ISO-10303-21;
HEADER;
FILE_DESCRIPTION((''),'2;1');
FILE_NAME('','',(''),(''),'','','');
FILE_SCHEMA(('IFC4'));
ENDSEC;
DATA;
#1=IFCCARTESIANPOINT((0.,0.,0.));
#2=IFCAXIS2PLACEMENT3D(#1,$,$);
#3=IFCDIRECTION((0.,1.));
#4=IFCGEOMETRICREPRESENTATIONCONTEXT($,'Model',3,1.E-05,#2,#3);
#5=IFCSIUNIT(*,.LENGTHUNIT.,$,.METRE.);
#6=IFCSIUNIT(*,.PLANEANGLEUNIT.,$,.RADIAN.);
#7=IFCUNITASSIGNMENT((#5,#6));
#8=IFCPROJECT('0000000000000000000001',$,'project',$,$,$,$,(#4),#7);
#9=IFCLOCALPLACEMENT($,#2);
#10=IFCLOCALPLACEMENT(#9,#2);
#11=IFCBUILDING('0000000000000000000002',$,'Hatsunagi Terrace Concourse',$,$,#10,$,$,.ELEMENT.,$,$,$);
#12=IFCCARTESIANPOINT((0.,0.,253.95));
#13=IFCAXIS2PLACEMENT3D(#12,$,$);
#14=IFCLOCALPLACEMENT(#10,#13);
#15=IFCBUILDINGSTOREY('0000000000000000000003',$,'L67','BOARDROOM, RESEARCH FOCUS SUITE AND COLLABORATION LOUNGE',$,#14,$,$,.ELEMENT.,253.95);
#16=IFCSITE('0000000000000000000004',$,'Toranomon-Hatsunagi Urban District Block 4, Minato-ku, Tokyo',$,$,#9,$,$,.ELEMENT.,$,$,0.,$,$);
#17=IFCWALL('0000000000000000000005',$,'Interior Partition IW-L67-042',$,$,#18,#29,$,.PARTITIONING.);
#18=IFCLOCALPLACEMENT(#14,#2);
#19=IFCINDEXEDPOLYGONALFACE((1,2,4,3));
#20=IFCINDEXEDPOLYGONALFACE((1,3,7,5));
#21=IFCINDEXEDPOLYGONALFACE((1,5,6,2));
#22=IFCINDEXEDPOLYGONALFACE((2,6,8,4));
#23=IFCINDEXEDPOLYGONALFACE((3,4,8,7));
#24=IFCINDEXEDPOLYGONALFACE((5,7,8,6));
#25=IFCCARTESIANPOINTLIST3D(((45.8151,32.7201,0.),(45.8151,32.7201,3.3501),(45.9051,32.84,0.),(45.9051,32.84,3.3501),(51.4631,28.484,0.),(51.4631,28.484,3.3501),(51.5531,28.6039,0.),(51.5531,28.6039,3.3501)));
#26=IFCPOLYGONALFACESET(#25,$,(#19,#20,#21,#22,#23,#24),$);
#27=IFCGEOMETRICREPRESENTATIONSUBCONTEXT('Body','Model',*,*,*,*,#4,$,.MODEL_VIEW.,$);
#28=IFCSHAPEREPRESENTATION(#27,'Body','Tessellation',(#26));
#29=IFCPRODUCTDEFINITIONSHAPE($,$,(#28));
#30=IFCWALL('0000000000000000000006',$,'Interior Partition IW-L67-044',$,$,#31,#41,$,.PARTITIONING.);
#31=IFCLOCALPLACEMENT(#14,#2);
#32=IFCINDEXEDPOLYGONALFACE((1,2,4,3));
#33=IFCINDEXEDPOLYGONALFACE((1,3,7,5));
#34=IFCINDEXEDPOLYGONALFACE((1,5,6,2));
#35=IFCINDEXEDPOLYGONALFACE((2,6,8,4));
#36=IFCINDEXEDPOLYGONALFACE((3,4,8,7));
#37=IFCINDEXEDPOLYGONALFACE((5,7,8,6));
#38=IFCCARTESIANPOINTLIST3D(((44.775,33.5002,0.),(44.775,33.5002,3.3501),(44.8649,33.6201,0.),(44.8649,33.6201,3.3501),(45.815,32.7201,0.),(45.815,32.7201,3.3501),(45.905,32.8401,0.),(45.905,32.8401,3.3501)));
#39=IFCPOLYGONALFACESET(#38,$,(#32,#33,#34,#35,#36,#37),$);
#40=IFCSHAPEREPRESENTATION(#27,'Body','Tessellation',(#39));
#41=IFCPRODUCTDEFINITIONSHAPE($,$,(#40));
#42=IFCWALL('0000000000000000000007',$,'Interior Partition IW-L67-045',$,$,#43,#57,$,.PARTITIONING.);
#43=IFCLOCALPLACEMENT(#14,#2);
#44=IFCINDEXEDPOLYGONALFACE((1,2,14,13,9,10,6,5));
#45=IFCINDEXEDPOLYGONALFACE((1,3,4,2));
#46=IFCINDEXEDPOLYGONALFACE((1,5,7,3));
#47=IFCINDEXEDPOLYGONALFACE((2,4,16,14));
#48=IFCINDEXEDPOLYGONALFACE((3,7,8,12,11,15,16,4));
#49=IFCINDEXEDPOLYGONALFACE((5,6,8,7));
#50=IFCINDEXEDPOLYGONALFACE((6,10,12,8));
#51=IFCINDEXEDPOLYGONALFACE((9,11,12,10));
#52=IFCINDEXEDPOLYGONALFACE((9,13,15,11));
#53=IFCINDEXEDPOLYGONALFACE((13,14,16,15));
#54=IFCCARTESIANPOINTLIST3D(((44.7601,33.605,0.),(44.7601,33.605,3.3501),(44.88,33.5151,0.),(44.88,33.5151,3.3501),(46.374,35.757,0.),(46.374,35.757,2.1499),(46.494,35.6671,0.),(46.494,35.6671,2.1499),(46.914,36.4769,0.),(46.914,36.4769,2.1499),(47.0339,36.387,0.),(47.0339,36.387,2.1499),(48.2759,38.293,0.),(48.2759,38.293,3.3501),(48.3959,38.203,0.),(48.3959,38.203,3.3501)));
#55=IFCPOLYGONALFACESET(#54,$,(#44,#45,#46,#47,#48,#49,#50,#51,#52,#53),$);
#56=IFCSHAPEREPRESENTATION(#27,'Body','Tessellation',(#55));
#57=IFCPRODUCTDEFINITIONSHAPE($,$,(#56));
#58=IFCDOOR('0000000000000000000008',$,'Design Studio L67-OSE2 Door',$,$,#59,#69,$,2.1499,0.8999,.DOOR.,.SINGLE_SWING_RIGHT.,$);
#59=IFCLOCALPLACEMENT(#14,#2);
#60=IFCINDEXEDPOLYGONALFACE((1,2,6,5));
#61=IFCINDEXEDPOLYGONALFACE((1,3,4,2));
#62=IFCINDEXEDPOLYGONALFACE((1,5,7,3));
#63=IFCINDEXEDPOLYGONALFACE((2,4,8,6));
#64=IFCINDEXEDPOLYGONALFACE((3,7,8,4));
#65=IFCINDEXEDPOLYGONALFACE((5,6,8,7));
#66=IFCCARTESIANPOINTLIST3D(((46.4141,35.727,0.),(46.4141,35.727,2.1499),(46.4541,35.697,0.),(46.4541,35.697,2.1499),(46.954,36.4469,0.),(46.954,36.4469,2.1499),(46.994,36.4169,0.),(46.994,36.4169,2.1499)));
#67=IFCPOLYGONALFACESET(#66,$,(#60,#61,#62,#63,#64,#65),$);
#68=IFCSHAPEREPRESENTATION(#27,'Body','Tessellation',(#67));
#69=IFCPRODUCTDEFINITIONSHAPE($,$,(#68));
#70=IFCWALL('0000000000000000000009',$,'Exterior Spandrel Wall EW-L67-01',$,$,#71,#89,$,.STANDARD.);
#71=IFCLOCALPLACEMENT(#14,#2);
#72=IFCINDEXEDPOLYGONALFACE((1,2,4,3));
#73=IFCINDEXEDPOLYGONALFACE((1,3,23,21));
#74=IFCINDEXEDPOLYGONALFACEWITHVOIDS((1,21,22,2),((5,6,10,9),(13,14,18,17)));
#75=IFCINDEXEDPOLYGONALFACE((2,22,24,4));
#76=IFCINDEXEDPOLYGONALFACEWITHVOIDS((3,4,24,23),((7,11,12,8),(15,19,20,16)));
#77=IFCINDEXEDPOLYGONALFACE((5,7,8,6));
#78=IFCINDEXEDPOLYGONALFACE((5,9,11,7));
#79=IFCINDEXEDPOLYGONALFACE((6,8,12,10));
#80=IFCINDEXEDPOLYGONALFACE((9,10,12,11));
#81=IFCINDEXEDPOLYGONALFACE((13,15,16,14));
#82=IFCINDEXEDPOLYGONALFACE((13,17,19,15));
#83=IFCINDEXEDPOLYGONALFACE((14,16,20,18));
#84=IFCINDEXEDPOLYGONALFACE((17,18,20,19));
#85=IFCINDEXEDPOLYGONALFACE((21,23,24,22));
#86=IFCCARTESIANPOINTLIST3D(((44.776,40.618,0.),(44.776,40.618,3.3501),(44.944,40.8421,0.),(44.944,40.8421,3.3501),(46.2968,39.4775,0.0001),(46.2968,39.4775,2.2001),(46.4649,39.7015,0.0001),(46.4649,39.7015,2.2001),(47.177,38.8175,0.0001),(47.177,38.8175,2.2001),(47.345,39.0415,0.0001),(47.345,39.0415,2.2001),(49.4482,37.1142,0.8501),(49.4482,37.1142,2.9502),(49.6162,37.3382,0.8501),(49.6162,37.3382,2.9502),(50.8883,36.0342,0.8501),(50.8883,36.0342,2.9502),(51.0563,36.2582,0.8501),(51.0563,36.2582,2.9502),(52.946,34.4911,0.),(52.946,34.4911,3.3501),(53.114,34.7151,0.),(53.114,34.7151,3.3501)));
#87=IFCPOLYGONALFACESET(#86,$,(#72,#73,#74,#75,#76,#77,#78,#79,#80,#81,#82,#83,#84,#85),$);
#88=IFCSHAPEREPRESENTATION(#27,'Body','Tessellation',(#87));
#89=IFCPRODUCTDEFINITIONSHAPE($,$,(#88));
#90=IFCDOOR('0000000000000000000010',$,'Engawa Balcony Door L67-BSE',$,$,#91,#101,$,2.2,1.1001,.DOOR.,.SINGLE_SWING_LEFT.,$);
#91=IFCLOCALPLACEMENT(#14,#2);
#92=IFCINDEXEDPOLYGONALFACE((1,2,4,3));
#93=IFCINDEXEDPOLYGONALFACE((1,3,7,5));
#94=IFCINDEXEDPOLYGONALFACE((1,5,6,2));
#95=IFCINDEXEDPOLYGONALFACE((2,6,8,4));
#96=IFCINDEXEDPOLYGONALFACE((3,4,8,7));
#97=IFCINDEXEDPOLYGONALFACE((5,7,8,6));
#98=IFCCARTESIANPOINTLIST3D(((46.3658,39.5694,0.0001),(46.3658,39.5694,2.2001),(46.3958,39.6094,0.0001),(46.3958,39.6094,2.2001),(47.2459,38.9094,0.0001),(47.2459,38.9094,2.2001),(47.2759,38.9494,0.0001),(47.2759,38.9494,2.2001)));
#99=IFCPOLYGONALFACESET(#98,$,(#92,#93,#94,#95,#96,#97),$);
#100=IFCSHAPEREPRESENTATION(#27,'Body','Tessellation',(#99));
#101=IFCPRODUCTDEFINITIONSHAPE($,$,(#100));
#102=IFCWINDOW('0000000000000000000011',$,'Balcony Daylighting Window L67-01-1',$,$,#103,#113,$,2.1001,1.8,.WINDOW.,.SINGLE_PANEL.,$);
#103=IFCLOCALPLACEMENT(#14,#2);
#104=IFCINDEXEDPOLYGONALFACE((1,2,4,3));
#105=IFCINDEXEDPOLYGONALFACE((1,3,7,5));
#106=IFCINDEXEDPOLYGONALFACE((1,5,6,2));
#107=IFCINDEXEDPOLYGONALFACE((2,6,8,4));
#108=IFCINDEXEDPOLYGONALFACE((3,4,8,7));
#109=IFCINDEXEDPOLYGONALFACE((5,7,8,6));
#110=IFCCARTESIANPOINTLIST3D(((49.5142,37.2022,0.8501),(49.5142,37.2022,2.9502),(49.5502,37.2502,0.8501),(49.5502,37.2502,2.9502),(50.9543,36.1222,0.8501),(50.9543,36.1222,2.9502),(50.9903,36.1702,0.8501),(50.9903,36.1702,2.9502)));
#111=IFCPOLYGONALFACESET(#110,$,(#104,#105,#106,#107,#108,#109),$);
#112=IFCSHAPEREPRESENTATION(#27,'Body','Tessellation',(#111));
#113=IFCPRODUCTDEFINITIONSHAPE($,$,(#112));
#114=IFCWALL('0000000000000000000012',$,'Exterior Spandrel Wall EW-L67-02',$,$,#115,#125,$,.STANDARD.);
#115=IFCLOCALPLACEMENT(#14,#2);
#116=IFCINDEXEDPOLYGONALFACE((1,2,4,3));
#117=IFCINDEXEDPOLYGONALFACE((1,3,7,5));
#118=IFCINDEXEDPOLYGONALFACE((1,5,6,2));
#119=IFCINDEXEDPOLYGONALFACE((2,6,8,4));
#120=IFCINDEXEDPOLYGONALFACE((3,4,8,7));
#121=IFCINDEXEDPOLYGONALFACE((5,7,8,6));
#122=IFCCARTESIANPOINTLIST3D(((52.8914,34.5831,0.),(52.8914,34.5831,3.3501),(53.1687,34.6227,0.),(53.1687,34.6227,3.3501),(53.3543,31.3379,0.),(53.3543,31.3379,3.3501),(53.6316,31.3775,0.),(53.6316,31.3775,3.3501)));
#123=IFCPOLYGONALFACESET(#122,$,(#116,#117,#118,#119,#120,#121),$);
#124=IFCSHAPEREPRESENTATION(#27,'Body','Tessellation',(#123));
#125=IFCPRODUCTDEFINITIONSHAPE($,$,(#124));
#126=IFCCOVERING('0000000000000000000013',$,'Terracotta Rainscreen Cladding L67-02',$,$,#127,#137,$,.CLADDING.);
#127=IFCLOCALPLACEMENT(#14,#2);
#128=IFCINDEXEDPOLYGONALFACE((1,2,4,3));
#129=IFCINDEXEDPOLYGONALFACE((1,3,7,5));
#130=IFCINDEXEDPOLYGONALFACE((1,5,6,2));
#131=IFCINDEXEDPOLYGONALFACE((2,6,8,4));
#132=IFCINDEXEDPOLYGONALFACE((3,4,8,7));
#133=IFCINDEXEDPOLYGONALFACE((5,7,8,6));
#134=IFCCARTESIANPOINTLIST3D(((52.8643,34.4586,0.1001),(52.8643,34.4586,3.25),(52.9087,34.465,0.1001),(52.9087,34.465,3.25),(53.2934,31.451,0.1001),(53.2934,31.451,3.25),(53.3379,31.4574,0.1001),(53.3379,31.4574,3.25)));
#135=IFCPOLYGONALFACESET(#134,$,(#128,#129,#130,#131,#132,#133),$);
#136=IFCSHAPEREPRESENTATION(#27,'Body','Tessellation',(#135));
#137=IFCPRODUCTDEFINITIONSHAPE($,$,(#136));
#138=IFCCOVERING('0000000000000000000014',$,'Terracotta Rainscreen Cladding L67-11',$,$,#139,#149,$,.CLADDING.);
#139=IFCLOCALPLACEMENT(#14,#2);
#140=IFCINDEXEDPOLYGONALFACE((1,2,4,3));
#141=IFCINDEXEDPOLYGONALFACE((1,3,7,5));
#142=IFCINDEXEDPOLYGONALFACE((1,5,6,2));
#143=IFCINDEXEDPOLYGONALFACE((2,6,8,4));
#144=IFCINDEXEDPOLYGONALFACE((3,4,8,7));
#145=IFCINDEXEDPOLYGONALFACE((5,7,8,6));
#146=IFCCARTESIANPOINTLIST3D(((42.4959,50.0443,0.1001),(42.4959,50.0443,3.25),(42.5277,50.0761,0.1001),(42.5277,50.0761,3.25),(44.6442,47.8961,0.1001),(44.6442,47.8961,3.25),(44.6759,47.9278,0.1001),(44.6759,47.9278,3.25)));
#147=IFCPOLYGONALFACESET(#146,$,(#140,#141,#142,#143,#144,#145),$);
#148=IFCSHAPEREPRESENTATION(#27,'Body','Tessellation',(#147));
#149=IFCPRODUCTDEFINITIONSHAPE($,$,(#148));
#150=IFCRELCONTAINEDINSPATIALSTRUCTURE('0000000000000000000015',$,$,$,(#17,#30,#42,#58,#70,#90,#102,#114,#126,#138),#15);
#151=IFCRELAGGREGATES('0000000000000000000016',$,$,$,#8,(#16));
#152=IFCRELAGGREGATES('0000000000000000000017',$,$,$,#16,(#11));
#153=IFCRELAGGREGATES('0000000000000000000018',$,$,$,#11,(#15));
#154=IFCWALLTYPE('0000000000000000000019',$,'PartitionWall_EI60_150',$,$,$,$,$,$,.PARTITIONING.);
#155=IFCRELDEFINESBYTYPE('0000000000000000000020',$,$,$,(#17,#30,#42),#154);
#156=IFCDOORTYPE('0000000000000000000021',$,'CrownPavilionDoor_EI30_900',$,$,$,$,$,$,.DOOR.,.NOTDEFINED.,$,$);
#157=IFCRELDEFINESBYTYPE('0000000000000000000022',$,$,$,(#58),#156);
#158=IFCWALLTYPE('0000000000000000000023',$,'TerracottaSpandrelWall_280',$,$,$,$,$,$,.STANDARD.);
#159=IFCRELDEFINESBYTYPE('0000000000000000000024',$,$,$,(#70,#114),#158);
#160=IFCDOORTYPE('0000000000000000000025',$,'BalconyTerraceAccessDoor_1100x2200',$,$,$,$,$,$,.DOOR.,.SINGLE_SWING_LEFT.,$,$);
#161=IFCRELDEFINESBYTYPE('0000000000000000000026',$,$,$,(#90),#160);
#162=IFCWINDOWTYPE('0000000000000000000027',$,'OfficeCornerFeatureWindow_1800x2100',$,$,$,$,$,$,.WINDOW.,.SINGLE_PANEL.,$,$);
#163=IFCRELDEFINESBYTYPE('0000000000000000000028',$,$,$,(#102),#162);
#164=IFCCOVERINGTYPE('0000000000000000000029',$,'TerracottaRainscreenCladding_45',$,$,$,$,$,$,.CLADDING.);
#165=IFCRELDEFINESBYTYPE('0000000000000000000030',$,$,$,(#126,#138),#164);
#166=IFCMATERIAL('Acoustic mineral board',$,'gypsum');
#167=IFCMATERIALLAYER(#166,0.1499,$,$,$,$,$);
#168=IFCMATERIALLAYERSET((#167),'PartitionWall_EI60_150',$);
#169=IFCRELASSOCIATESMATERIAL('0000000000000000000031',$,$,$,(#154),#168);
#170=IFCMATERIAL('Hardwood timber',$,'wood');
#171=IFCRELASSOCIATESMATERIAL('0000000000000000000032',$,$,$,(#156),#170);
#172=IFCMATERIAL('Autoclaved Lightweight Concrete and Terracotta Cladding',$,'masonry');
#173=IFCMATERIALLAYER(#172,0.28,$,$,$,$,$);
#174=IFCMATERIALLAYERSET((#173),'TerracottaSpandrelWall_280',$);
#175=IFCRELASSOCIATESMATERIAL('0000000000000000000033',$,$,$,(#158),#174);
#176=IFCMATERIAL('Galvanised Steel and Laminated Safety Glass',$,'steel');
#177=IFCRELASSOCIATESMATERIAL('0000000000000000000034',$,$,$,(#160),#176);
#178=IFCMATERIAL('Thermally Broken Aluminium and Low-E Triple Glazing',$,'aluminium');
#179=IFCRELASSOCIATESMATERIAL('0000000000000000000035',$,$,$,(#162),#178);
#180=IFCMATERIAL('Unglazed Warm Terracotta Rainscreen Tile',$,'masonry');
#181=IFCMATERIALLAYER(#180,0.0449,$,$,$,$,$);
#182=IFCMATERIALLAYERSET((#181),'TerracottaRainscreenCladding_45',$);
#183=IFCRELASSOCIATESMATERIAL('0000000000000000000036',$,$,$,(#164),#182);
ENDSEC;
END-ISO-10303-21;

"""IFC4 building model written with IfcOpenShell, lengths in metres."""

from ifc_helpers import new_model, si_unit, direction, frame, frame_2d, origin, origin_2d, place, context, subcontext, project, spatial, rectangle, extrude, material, layer, layer_set, type_object, element, fill, save


model = new_model("IFC4")

# Units and contexts
model_context = context("Model", 3, precision=1e-05, world=origin(), true_north=direction((0.0, 1.0)))
body_context = subcontext(model_context, "Body", "Model", "MODEL_VIEW")
ifc_project = project(units=[si_unit("LENGTHUNIT", "METRE"), si_unit("PLANEANGLEUNIT", "RADIAN")], contexts=[model_context])

# Site, building, storey
site_placement = place(None, origin())
site = spatial("IfcSite", under=ifc_project, at=site_placement, Name="Toranomon-Hatsunagi Urban District Block 4, Minato-ku, Tokyo", CompositionType="ELEMENT", RefElevation=0.0)
building_placement = place(site_placement, origin())
building = spatial("IfcBuilding", under=site, at=building_placement, Name="Hatsunagi Terrace Concourse", CompositionType="ELEMENT")
storey_placement = place(building_placement, frame((0.0, 0.0, 253.95)))
storey = spatial("IfcBuildingStorey", under=building, at=storey_placement, Name="L67", Description="BOARDROOM, RESEARCH FOCUS SUITE AND COLLABORATION LOUNGE", CompositionType="ELEMENT", Elevation=253.95)

# Walls
ifc_material_1 = material(Name="Acoustic mineral board", Category="gypsum")
ifc_layer_1 = layer(ifc_material_1, 0.1499)
ifc_layer_set_1 = layer_set([ifc_layer_1], Name="PartitionWall_EI60_150")
wall_type_1 = type_object("IfcWallType", Name="PartitionWall_EI60_150", PredefinedType="PARTITIONING", material=ifc_layer_set_1)
wall_1_placement = place(storey_placement, frame((45.8601, 32.78, 0.0), z_axis=(0.0, 0.0, 1.0), x_axis=(0.799992, -0.600011, 0.0)))
element("IfcWall", 1, at=wall_1_placement, inside=storey, type_object=wall_type_1, Name="Interior Partition IW-L67-042", PredefinedType="PARTITIONING", context=body_context, shape_type="SweptSolid", body=[
    extrude(rectangle(XDim=7.0601, YDim=0.1499, at=frame_2d((3.53, 0.0))), origin(), (0.0, 0.0, 1.0), 3.3501),
])
wall_2_placement = place(storey_placement, frame((44.8201, 33.5601, 0.0), z_axis=(0.0, 0.0, 1.0), x_axis=(0.8, -0.6, 0.0)))
element("IfcWall", 2, at=wall_2_placement, inside=storey, type_object=wall_type_1, Name="Interior Partition IW-L67-044", PredefinedType="PARTITIONING", context=body_context, shape_type="SweptSolid", body=[
    extrude(rectangle(XDim=1.3, YDim=0.1499, at=frame_2d((0.6499, 0.0))), origin(), (0.0, 0.0, 1.0), 3.3501),
])

# Wall, opening, door
wall_3_placement = place(storey_placement, frame((44.8201, 33.5601, 0.0), z_axis=(0.0, 0.0, 1.0), x_axis=(0.599987, 0.80001, 0.0)))
wall_3 = element("IfcWall", 3, at=wall_3_placement, inside=storey, type_object=wall_type_1, Name="Interior Partition IW-L67-045", PredefinedType="PARTITIONING", context=body_context, shape_type="SweptSolid", body=[
    extrude(rectangle(XDim=5.8599, YDim=0.1499, at=frame_2d((2.9299, 0.0))), origin(), (0.0, 0.0, 1.0), 3.3501),
])
opening_1_placement = place(wall_3_placement, frame((2.6899, 0.0, 0.0)))
opening_1 = element("IfcOpeningElement", 4, at=opening_1_placement, cuts=wall_3, PredefinedType="OPENING", context=body_context, shape_type="SweptSolid", body=[
    extrude(rectangle(XDim=0.8999, YDim=2.1499, at=frame_2d((0.45, 1.075))), frame((0.0, 0.085, 0.0), z_axis=(0.0, -1.0, 0.0), x_axis=(1.0, 0.0, 0.0)), (0.0, 0.0, 1.0), 0.1699),
])
ifc_material_2 = material(Name="Hardwood timber", Category="wood")
door_type_1 = type_object("IfcDoorType", Name="CrownPavilionDoor_EI30_900", OperationType="NOTDEFINED", PredefinedType="DOOR", material=ifc_material_2)
door_1_placement = place(opening_1_placement, origin())
door_1 = element("IfcDoor", 5, at=door_1_placement, inside=storey, type_object=door_type_1, Name="Design Studio L67-OSE2 Door", OperationType="SINGLE_SWING_RIGHT", OverallHeight=2.1499, OverallWidth=0.8999, PredefinedType="DOOR", context=body_context, shape_type="SweptSolid", body=[
    extrude(rectangle(XDim=0.8999, YDim=2.1499, at=frame_2d((0.45, 1.075))), frame((0.0, 0.0249, 0.0), z_axis=(0.0, -1.0, 0.0), x_axis=(1.0, 0.0, 0.0)), (0.0, 0.0, 1.0), 0.05),
])
fill(opening_1, door_1)

# Wall, openings, door, window
ifc_material_3 = material(Name="Autoclaved Lightweight Concrete and Terracotta Cladding", Category="masonry")
ifc_layer_2 = layer(ifc_material_3, 0.28)
ifc_layer_set_2 = layer_set([ifc_layer_2], Name="TerracottaSpandrelWall_280")
wall_type_2 = type_object("IfcWallType", Name="TerracottaSpandrelWall_280", PredefinedType="STANDARD", material=ifc_layer_set_2)
wall_4_placement = place(storey_placement, frame((44.8601, 40.73, 0.0), z_axis=(0.0, 0.0, 1.0), x_axis=(0.800023, -0.599969, 0.0)))
wall_4 = element("IfcWall", 6, at=wall_4_placement, inside=storey, type_object=wall_type_2, Name="Exterior Spandrel Wall EW-L67-01", PredefinedType="STANDARD", context=body_context, shape_type="SweptSolid", body=[
    extrude(rectangle(XDim=10.2122, YDim=0.28, at=frame_2d((5.106, 0.0))), origin(), (0.0, 0.0, 1.0), 3.3501),
])
opening_2_placement = place(wall_4_placement, frame((1.9009, 0.0, 0.0)))
opening_2 = element("IfcOpeningElement", 7, at=opening_2_placement, cuts=wall_4, PredefinedType="OPENING", context=body_context, shape_type="SweptSolid", body=[
    extrude(rectangle(XDim=1.1001, YDim=2.2, at=frame_2d((0.55, 1.1001))), frame((0.0, 0.1499, 0.0), z_axis=(0.0, -1.0, 0.0), x_axis=(1.0, 0.0, 0.0)), (0.0, 0.0, 1.0), 0.3),
])
opening_3_placement = place(wall_4_placement, frame((5.8401, 0.0, 0.8501)))
opening_3 = element("IfcOpeningElement", 8, at=opening_3_placement, cuts=wall_4, PredefinedType="OPENING", context=body_context, shape_type="SweptSolid", body=[
    extrude(rectangle(XDim=1.8, YDim=2.1001, at=frame_2d((0.8999, 1.05))), frame((0.0, 0.1499, 0.0), z_axis=(0.0, -1.0, 0.0), x_axis=(1.0, 0.0, 0.0)), (0.0, 0.0, 1.0), 0.3),
])
ifc_material_4 = material(Name="Galvanised Steel and Laminated Safety Glass", Category="steel")
door_type_2 = type_object("IfcDoorType", Name="BalconyTerraceAccessDoor_1100x2200", OperationType="SINGLE_SWING_LEFT", PredefinedType="DOOR", material=ifc_material_4)
door_2_placement = place(opening_2_placement, origin())
door_2 = element("IfcDoor", 9, at=door_2_placement, inside=storey, type_object=door_type_2, Name="Engawa Balcony Door L67-BSE", OperationType="SINGLE_SWING_LEFT", OverallHeight=2.2, OverallWidth=1.1001, PredefinedType="DOOR", context=body_context, shape_type="SweptSolid", body=[
    extrude(rectangle(XDim=1.1001, YDim=2.2, at=frame_2d((0.55, 1.1001))), frame((0.0, 0.0249, 0.0), z_axis=(0.0, -1.0, 0.0), x_axis=(1.0, 0.0, 0.0)), (0.0, 0.0, 1.0), 0.05),
])
fill(opening_2, door_2)
ifc_material_5 = material(Name="Thermally Broken Aluminium and Low-E Triple Glazing", Category="aluminium")
window_type = type_object("IfcWindowType", Name="OfficeCornerFeatureWindow_1800x2100", PartitioningType="SINGLE_PANEL", PredefinedType="WINDOW", material=ifc_material_5)
window_placement = place(opening_3_placement, origin())
window = element("IfcWindow", 10, at=window_placement, inside=storey, type_object=window_type, Name="Balcony Daylighting Window L67-01-1", OverallHeight=2.1001, OverallWidth=1.8, PartitioningType="SINGLE_PANEL", PredefinedType="WINDOW", context=body_context, shape_type="SweptSolid", body=[
    extrude(rectangle(XDim=1.8, YDim=2.1001, at=frame_2d((0.8999, 1.05))), frame((0.0, 0.03, 0.0), z_axis=(0.0, -1.0, 0.0), x_axis=(1.0, 0.0, 0.0)), (0.0, 0.0, 1.0), 0.0601),
])
fill(opening_3, window)

# Wall
wall_5_placement = place(storey_placement, frame((53.03, 34.603, 0.0), z_axis=(0.0, 0.0, 1.0), x_axis=(0.141213, -0.989979, 0.0)))
element("IfcWall", 11, at=wall_5_placement, inside=storey, type_object=wall_type_2, Name="Exterior Spandrel Wall EW-L67-02", PredefinedType="STANDARD", context=body_context, shape_type="SweptSolid", body=[
    extrude(rectangle(XDim=3.2781, YDim=0.28, at=frame_2d((1.6392, 0.0))), origin(), (0.0, 0.0, 1.0), 3.3501),
])

# Coverings
ifc_material_6 = material(Name="Unglazed Warm Terracotta Rainscreen Tile", Category="masonry")
ifc_layer_3 = layer(ifc_material_6, 0.0449)
ifc_layer_set_3 = layer_set([ifc_layer_3], Name="TerracottaRainscreenCladding_45")
covering_type = type_object("IfcCoveringType", Name="TerracottaRainscreenCladding_45", PredefinedType="CLADDING", material=ifc_layer_set_3)
for number, where, z_axis, x_axis, name in (
    (12, (53.1011, 32.958, 0.1001), (0.0, 0.0, 1.0), (0.14125, -0.989974, 0.0), "Terracotta Rainscreen Cladding L67-02"),
    (13, (43.5859, 48.9861, 0.1001), (0.0, 0.0, 1.0), (0.707107, -0.707107, 0.0), "Terracotta Rainscreen Cladding L67-11"),
):
    element("IfcCovering", number, at=place(storey_placement, frame(where, z_axis=z_axis, x_axis=x_axis)), inside=storey, type_object=covering_type, Name=name, PredefinedType="CLADDING", context=body_context, shape_type="SweptSolid", body=[
        extrude(rectangle(XDim=3.0381, YDim=0.0449, at=origin_2d()), origin(), (0.0, 0.0, 1.0), 3.1499),
    ])

save(model, "model.ifc")
